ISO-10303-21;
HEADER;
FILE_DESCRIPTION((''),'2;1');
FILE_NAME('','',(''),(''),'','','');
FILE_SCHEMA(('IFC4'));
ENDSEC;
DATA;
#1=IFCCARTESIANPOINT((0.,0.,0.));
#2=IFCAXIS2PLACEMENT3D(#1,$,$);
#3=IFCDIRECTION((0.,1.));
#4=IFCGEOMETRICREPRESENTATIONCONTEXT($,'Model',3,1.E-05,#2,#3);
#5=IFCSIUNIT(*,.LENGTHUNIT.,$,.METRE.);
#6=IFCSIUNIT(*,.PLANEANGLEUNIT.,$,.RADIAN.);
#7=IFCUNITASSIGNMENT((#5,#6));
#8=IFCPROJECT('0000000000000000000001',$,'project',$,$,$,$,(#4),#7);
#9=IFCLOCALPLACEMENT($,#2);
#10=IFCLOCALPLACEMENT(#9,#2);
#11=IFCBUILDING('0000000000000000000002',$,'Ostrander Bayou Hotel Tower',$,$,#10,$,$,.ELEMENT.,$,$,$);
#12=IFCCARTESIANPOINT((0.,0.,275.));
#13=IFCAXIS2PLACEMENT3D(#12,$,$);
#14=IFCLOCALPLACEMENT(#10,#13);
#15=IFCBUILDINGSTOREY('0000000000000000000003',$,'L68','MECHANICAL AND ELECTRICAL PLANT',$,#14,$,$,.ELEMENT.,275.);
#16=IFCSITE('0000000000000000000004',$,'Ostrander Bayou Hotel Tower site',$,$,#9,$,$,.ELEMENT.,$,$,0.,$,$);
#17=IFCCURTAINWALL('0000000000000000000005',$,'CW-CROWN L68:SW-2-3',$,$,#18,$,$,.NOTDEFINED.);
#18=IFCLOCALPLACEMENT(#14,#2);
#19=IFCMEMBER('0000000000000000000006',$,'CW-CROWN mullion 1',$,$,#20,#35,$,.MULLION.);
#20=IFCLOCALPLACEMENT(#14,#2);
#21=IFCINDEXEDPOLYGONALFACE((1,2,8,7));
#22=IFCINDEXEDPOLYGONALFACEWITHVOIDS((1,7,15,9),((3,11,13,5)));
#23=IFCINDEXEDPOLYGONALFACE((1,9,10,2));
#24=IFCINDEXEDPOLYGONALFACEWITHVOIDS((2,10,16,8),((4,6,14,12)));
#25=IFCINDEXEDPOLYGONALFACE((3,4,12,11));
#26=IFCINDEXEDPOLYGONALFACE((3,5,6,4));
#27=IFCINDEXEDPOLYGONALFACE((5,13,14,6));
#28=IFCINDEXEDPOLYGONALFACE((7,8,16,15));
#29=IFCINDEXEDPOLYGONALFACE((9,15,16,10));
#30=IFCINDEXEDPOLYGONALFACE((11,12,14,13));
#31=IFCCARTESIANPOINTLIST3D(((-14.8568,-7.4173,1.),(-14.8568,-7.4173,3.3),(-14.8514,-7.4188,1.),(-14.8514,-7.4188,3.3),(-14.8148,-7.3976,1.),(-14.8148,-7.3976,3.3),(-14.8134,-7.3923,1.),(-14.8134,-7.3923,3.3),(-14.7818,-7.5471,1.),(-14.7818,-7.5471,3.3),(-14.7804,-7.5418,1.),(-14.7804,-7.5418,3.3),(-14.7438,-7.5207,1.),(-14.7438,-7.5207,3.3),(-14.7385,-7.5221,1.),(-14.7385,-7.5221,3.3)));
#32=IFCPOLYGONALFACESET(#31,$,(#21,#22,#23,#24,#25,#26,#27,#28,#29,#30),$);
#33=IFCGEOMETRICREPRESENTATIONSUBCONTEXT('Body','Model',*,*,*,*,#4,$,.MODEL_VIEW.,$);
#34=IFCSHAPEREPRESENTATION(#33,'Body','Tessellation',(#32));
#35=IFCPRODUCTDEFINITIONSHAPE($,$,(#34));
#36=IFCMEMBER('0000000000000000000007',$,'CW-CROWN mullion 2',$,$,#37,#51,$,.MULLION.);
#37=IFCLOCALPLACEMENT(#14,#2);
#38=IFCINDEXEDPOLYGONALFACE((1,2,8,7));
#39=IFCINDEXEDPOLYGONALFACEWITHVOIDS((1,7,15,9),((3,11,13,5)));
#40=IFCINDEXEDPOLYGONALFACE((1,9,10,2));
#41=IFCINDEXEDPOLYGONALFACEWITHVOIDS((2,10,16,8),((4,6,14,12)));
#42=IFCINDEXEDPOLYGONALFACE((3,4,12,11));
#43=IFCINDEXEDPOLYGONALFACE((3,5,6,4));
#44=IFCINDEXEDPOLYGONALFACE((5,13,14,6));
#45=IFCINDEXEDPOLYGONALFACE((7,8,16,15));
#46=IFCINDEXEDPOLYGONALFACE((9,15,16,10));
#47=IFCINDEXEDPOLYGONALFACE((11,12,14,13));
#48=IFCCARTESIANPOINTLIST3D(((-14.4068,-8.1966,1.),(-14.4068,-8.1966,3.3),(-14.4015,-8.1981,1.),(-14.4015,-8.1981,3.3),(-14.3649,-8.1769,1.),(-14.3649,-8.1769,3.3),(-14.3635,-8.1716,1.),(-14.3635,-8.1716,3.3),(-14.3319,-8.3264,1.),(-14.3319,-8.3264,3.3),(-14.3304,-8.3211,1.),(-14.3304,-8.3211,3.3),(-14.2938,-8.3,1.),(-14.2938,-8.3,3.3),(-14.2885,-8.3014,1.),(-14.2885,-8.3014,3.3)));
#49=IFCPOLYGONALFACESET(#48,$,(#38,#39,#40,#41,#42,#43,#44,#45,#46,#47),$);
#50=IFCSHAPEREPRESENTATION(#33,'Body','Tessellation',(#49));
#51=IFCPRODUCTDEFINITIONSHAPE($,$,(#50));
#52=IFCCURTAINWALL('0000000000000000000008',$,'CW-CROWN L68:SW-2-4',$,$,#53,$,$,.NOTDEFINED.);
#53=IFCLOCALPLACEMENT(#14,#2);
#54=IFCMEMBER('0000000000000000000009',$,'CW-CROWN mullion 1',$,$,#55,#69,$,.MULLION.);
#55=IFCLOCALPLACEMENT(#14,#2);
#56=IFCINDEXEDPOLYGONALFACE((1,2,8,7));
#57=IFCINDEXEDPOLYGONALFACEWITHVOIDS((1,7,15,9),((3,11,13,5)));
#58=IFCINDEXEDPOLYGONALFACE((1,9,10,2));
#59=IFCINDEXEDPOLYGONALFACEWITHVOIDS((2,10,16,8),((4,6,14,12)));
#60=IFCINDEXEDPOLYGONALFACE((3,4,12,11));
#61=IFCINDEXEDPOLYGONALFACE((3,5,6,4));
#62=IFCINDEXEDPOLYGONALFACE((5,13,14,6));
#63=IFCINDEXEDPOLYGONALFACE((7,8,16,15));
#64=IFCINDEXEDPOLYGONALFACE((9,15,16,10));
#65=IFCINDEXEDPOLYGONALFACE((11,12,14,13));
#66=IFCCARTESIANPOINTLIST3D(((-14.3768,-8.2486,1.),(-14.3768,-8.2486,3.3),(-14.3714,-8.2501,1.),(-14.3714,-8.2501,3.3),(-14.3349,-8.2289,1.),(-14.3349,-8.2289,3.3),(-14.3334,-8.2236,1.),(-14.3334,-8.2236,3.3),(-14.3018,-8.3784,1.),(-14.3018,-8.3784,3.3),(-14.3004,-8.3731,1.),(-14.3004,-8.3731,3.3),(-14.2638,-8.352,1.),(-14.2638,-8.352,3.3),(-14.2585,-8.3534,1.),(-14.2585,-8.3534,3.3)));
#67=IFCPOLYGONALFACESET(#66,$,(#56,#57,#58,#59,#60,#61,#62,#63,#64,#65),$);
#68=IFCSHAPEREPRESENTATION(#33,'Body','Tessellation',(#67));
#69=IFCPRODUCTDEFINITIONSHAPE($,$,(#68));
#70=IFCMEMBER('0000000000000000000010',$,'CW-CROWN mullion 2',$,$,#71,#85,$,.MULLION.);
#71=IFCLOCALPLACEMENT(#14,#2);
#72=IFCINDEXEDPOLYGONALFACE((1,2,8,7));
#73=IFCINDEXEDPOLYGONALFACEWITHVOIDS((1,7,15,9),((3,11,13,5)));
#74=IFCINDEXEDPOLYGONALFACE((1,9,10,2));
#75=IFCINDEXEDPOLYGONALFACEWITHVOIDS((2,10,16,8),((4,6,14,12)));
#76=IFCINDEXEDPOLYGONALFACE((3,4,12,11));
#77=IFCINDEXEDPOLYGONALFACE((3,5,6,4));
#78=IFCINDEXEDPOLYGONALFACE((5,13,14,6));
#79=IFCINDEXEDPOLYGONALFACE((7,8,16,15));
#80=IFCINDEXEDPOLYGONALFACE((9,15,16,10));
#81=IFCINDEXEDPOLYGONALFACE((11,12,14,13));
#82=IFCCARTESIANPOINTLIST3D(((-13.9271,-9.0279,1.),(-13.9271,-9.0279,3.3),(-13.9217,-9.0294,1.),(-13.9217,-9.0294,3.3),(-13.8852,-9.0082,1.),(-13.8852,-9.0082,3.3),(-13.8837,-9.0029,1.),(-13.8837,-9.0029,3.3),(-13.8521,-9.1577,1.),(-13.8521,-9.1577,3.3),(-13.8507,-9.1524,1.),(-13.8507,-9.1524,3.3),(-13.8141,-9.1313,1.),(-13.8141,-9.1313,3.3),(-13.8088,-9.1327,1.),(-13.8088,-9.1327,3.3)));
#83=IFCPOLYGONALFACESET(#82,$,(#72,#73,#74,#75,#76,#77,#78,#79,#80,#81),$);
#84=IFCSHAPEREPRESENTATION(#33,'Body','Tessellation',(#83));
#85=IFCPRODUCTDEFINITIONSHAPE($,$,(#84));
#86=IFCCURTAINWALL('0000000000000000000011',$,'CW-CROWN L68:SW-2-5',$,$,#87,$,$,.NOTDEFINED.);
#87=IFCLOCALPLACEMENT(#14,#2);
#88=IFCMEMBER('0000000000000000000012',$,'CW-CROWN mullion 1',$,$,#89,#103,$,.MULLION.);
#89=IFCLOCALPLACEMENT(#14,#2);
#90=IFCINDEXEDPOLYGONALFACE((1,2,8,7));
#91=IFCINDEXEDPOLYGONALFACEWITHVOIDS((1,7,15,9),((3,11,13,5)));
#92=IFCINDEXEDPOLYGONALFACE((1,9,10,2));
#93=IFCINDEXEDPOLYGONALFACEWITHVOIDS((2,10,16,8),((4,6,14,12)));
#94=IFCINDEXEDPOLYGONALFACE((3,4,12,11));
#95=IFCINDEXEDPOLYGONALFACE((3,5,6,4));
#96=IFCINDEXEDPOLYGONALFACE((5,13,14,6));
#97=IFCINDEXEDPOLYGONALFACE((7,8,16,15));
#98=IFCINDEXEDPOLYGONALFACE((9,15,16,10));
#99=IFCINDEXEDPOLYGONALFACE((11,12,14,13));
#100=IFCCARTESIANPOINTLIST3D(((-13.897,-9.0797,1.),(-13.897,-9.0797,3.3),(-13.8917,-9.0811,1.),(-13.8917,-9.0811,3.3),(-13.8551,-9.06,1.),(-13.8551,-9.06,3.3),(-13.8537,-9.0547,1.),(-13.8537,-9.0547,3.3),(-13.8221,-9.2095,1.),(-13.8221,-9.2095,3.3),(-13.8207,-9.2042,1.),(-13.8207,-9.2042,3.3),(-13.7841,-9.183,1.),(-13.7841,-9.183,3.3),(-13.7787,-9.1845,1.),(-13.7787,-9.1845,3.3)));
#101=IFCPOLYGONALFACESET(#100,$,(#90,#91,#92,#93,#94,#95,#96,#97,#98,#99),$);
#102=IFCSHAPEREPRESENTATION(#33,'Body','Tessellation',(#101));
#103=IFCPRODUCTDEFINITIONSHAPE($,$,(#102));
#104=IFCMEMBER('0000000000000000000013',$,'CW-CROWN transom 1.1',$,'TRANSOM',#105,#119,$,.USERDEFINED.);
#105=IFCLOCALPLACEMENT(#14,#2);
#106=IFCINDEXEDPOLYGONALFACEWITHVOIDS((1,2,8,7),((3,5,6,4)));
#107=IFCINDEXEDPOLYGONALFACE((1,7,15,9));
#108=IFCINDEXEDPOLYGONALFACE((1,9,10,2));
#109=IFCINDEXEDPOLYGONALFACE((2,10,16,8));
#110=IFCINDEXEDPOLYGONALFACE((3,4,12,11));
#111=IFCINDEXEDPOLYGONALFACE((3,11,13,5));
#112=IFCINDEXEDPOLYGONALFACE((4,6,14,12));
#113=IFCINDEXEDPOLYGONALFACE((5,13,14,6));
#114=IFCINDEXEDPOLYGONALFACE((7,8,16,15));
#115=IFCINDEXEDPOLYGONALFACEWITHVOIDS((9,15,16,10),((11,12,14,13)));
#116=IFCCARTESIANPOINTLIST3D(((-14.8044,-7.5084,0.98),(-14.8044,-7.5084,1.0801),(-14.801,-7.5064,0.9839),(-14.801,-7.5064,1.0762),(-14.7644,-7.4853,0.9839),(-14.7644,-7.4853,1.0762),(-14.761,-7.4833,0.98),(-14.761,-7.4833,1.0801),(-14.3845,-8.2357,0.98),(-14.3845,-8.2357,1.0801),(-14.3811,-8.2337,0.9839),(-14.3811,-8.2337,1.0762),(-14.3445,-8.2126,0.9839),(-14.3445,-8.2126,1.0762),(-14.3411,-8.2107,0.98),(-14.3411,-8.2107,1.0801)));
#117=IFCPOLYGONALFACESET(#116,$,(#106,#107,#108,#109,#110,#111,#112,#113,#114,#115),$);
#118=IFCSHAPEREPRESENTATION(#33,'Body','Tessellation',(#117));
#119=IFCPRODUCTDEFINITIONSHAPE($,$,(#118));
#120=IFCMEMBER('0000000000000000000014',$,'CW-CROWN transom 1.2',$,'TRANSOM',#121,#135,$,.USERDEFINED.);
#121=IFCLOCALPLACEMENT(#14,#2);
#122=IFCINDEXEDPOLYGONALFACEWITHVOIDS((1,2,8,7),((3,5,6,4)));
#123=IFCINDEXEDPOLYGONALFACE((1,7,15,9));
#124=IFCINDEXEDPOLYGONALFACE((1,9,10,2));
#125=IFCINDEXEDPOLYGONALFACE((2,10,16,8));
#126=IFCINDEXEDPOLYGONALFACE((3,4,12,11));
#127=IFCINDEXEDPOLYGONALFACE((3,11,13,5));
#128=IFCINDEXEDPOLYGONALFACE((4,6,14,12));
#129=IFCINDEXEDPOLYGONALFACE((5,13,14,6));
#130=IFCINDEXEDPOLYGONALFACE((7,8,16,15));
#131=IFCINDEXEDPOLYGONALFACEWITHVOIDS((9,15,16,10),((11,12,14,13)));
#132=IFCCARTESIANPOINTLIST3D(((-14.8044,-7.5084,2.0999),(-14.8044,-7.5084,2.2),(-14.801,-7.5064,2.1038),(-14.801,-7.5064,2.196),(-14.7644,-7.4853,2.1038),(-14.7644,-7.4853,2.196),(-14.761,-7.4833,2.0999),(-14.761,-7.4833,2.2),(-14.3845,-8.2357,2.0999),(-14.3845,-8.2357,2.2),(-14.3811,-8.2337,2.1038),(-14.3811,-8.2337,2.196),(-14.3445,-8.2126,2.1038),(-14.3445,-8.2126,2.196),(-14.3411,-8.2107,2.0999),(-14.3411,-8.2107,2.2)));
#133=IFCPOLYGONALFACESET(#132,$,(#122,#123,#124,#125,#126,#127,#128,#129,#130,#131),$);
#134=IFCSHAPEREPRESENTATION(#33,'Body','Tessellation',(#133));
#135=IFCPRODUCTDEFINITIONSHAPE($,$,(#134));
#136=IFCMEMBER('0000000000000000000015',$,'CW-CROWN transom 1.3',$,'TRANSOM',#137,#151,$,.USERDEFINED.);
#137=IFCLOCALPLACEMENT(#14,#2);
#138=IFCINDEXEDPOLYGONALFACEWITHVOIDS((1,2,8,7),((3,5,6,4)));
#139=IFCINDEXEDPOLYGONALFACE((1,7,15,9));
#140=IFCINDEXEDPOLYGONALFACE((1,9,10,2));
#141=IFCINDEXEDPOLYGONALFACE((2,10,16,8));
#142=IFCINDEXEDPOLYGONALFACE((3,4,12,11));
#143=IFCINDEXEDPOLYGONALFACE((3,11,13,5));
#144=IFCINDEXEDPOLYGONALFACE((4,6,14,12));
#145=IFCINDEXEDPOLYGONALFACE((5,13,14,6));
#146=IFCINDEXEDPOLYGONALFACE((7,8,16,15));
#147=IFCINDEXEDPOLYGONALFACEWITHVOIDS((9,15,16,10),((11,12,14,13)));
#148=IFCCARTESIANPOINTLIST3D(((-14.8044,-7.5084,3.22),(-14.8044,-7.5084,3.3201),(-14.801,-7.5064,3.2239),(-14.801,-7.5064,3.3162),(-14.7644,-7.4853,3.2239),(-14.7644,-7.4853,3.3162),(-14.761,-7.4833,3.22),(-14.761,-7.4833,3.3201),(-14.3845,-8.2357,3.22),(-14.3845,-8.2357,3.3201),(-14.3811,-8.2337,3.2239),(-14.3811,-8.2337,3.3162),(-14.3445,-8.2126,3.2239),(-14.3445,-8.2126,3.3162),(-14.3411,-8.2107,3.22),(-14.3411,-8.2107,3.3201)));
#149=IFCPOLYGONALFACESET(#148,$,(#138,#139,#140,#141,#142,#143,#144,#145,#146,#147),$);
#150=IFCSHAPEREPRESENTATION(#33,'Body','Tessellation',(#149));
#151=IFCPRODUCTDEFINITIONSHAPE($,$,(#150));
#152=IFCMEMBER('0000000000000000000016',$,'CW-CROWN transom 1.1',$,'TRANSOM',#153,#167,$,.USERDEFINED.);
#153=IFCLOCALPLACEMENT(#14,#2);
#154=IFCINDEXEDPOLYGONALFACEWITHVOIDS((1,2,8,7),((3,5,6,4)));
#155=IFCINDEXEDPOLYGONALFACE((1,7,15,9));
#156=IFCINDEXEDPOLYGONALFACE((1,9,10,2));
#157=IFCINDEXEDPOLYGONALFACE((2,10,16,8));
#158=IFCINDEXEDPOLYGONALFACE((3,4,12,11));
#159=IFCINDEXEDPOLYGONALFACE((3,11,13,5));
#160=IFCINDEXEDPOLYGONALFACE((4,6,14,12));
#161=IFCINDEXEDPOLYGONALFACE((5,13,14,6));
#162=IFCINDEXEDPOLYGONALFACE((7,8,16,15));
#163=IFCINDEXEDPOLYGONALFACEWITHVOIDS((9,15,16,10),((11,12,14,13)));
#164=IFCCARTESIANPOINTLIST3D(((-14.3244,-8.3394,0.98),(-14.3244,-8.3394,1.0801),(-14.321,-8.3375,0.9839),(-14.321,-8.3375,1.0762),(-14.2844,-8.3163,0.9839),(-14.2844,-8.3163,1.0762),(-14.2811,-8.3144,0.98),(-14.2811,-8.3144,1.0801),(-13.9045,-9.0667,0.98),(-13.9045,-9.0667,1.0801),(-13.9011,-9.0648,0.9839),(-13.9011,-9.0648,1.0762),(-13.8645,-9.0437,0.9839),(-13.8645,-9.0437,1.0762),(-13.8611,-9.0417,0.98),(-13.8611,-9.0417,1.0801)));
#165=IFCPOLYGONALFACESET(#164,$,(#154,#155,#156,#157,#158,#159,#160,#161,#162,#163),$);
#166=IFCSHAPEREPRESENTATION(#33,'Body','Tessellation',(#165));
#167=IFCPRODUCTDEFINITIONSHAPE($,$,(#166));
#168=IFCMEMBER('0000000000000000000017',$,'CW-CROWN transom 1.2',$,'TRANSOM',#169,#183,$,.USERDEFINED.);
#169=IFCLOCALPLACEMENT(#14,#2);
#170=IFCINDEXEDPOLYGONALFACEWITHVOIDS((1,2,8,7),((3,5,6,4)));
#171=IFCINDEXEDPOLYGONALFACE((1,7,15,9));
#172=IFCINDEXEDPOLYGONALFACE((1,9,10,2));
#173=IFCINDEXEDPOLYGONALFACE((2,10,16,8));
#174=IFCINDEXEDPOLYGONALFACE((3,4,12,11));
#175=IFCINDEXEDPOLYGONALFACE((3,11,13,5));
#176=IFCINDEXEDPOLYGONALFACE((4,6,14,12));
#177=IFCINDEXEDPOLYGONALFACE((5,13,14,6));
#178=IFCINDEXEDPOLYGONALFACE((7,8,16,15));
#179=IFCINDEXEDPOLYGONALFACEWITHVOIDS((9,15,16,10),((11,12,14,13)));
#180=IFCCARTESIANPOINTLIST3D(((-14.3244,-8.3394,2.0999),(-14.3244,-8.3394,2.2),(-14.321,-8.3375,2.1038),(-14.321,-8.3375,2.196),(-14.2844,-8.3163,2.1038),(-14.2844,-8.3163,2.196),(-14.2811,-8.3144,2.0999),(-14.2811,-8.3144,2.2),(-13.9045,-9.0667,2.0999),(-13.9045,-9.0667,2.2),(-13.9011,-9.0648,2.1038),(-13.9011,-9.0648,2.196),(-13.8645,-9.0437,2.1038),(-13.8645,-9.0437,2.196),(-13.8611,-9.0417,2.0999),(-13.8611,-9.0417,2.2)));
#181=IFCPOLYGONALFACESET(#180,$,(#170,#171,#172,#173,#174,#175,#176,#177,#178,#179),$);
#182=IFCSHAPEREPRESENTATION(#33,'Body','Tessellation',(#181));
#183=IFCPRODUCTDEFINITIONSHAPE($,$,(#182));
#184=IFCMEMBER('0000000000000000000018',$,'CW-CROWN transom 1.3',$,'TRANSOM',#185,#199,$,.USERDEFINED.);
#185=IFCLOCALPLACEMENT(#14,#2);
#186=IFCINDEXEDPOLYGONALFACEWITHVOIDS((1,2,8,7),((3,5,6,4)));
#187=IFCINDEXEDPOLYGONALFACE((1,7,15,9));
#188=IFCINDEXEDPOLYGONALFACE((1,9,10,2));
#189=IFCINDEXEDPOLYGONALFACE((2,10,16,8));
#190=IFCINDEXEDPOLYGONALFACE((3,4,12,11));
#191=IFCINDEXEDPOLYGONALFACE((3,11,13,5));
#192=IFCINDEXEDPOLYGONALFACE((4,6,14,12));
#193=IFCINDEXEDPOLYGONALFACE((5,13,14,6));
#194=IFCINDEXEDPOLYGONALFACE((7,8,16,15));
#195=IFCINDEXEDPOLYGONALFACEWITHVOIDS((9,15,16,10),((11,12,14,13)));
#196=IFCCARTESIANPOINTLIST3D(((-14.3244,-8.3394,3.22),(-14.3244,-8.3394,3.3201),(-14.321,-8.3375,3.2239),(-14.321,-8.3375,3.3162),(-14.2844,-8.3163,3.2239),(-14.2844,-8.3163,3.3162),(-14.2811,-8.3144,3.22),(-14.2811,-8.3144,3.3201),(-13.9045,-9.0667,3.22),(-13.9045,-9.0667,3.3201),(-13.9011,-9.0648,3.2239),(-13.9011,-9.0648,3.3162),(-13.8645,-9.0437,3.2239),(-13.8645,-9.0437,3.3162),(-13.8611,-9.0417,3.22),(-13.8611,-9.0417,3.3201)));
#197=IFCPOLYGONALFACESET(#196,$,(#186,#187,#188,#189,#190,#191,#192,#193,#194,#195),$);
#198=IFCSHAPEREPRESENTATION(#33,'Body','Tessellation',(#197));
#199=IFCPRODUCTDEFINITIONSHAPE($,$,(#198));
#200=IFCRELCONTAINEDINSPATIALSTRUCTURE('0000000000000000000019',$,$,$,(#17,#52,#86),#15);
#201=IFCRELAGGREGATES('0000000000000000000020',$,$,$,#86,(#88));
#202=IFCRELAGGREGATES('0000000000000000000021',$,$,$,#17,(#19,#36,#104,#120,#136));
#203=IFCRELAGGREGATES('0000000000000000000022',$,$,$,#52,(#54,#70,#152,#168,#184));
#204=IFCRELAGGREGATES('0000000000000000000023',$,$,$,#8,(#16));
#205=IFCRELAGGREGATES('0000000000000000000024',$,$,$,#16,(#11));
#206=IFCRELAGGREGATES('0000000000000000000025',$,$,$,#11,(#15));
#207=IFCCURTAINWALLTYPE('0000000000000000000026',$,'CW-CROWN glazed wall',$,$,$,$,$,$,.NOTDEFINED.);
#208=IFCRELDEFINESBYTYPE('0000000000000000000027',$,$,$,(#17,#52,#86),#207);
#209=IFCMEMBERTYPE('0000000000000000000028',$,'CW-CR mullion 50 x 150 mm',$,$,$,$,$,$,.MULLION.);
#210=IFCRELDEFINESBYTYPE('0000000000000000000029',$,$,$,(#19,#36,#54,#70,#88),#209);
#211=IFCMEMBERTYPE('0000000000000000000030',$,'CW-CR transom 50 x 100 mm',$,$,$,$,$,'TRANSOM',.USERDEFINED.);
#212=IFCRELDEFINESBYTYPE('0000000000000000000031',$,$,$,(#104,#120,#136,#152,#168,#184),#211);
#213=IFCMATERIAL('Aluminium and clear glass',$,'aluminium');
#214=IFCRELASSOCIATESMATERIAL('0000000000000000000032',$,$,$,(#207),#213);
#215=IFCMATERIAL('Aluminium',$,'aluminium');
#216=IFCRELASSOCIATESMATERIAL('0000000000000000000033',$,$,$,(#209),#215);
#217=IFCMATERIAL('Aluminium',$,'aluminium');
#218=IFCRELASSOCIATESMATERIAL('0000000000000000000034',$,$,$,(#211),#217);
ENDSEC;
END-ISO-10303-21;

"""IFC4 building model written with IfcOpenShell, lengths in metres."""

from ifc_helpers import new_model, si_unit, direction, frame, origin, origin_2d, place, context, subcontext, project, spatial, hollow_rectangle, extrude, material, material_profile, profile_set, type_object, element, aggregate, save


model = new_model("IFC4")

# Units and contexts
model_context = context("Model", 3, precision=1e-05, world=origin(), true_north=direction((0.0, 1.0)))
body_context = subcontext(model_context, "Body", "Model", "MODEL_VIEW")
ifc_project = project(units=[si_unit("LENGTHUNIT", "METRE"), si_unit("PLANEANGLEUNIT", "RADIAN")], contexts=[model_context])

# Site, building, storey
site_placement = place(None, origin())
site = spatial("IfcSite", under=ifc_project, at=site_placement, Name="Ostrander Bayou Hotel Tower site", CompositionType="ELEMENT", RefElevation=0.0)
building_placement = place(site_placement, origin())
building = spatial("IfcBuilding", under=site, at=building_placement, Name="Ostrander Bayou Hotel Tower", CompositionType="ELEMENT")
storey_placement = place(building_placement, frame((0.0, 0.0, 275.0)))
storey = spatial("IfcBuildingStorey", under=building, at=storey_placement, Name="L68", Description="MECHANICAL AND ELECTRICAL PLANT", CompositionType="ELEMENT", Elevation=275.0)

# Curtain walls, members
ifc_material_1 = material(Name="Aluminium and clear glass", Category="aluminium")
curtain_wall_type = type_object("IfcCurtainWallType", Name="CW-CROWN glazed wall", PredefinedType="NOTDEFINED", material=ifc_material_1)
curtain_wall_1_placement = place(storey_placement, origin())
curtain_wall_1 = element("IfcCurtainWall", 1, at=curtain_wall_1_placement, inside=storey, type_object=curtain_wall_type, Name="CW-CROWN L68:SW-2-3", PredefinedType="NOTDEFINED")
ifc_material_2 = material(Name="Aluminium", Category="aluminium")
ifc_material_profile_1 = material_profile(ifc_material_2, hollow_rectangle(XDim=0.05, YDim=0.1499, WallThickness=0.0039, at=origin_2d()))
ifc_profile_set_1 = profile_set([ifc_material_profile_1], Name="Aluminium")
member_type_1 = type_object("IfcMemberType", Name="CW-CR mullion 50 x 150 mm", PredefinedType="MULLION", material=ifc_profile_set_1)
member_1_placement = place(storey_placement, frame((-14.7976, -7.4697, 1.0), z_axis=(0.0, 0.0, 1.0), x_axis=(0.866022, 0.500005, 0.0)))
member_1 = element("IfcMember", 2, at=member_1_placement, type_object=member_type_1, Name="CW-CROWN mullion 1", PredefinedType="MULLION", context=body_context, shape_type="SweptSolid", body=[
    extrude(hollow_rectangle(XDim=0.05, YDim=0.1499, WallThickness=0.0039, at=origin_2d()), origin(), (0.0, 0.0, 1.0), 2.3),
])
member_2_placement = place(storey_placement, frame((-14.3477, -8.249, 1.0), z_axis=(0.0, 0.0, 1.0), x_axis=(0.866022, 0.500005, 0.0)))
member_2 = element("IfcMember", 3, at=member_2_placement, type_object=member_type_1, Name="CW-CROWN mullion 2", PredefinedType="MULLION", context=body_context, shape_type="SweptSolid", body=[
    extrude(hollow_rectangle(XDim=0.05, YDim=0.1499, WallThickness=0.0039, at=origin_2d()), origin(), (0.0, 0.0, 1.0), 2.3),
])
curtain_wall_2_placement = place(storey_placement, origin())
curtain_wall_2 = element("IfcCurtainWall", 4, at=curtain_wall_2_placement, inside=storey, type_object=curtain_wall_type, Name="CW-CROWN L68:SW-2-4", PredefinedType="NOTDEFINED")
member_3_placement = place(storey_placement, frame((-14.3176, -8.301, 1.0), z_axis=(0.0, 0.0, 1.0), x_axis=(0.866022, 0.500005, 0.0)))
member_3 = element("IfcMember", 5, at=member_3_placement, type_object=member_type_1, Name="CW-CROWN mullion 1", PredefinedType="MULLION", context=body_context, shape_type="SweptSolid", body=[
    extrude(hollow_rectangle(XDim=0.05, YDim=0.1499, WallThickness=0.0039, at=origin_2d()), origin(), (0.0, 0.0, 1.0), 2.3),
])
member_4_placement = place(storey_placement, frame((-13.8679, -9.0803, 1.0), z_axis=(0.0, 0.0, 1.0), x_axis=(0.866022, 0.500005, 0.0)))
member_4 = element("IfcMember", 6, at=member_4_placement, type_object=member_type_1, Name="CW-CROWN mullion 2", PredefinedType="MULLION", context=body_context, shape_type="SweptSolid", body=[
    extrude(hollow_rectangle(XDim=0.05, YDim=0.1499, WallThickness=0.0039, at=origin_2d()), origin(), (0.0, 0.0, 1.0), 2.3),
])

# Curtain wall, member
curtain_wall_3_placement = place(storey_placement, origin())
curtain_wall_3 = element("IfcCurtainWall", 7, at=curtain_wall_3_placement, inside=storey, type_object=curtain_wall_type, Name="CW-CROWN L68:SW-2-5", PredefinedType="NOTDEFINED")
member_5_placement = place(storey_placement, frame((-13.8379, -9.1321, 1.0), z_axis=(0.0, 0.0, 1.0), x_axis=(0.866022, 0.500005, 0.0)))
member_5 = element("IfcMember", 8, at=member_5_placement, type_object=member_type_1, Name="CW-CROWN mullion 1", PredefinedType="MULLION", context=body_context, shape_type="SweptSolid", body=[
    extrude(hollow_rectangle(XDim=0.05, YDim=0.1499, WallThickness=0.0039, at=origin_2d()), origin(), (0.0, 0.0, 1.0), 2.3),
])
aggregate(curtain_wall_3, [member_5])

# Members
ifc_material_3 = material(Name="Aluminium", Category="aluminium")
ifc_material_profile_2 = material_profile(ifc_material_3, hollow_rectangle(XDim=0.05, YDim=0.1001, WallThickness=0.0039, at=origin_2d()))
ifc_profile_set_2 = profile_set([ifc_material_profile_2], Name="Aluminium")
member_type_2 = type_object("IfcMemberType", Name="CW-CR transom 50 x 100 mm", ElementType="TRANSOM", PredefinedType="USERDEFINED", material=ifc_profile_set_2)
member_6_placement = place(storey_placement, frame((-14.7827, -7.4958, 1.03), z_axis=(0.500016, -0.866016, 0.0), x_axis=(0.866016, 0.500016, 0.0)))
member_6 = element("IfcMember", 9, at=member_6_placement, type_object=member_type_2, Name="CW-CROWN transom 1.1", ObjectType="TRANSOM", PredefinedType="USERDEFINED", context=body_context, shape_type="SweptSolid", body=[
    extrude(hollow_rectangle(XDim=0.05, YDim=0.1001, WallThickness=0.0039, at=origin_2d()), origin(), (0.0, 0.0, 1.0), 0.8398),
])
member_7_placement = place(storey_placement, frame((-14.7827, -7.4958, 2.1499), z_axis=(0.500016, -0.866016, 0.0), x_axis=(0.866016, 0.500016, 0.0)))
member_7 = element("IfcMember", 10, at=member_7_placement, type_object=member_type_2, Name="CW-CROWN transom 1.2", ObjectType="TRANSOM", PredefinedType="USERDEFINED", context=body_context, shape_type="SweptSolid", body=[
    extrude(hollow_rectangle(XDim=0.05, YDim=0.1001, WallThickness=0.0039, at=origin_2d()), origin(), (0.0, 0.0, 1.0), 0.8398),
])
member_8_placement = place(storey_placement, frame((-14.7827, -7.4958, 3.27), z_axis=(0.500016, -0.866016, 0.0), x_axis=(0.866016, 0.500016, 0.0)))
member_8 = element("IfcMember", 11, at=member_8_placement, type_object=member_type_2, Name="CW-CROWN transom 1.3", ObjectType="TRANSOM", PredefinedType="USERDEFINED", context=body_context, shape_type="SweptSolid", body=[
    extrude(hollow_rectangle(XDim=0.05, YDim=0.1001, WallThickness=0.0039, at=origin_2d()), origin(), (0.0, 0.0, 1.0), 0.8398),
])
member_9_placement = place(storey_placement, frame((-14.3027, -8.3269, 1.03), z_axis=(0.500016, -0.866016, 0.0), x_axis=(0.866016, 0.500016, 0.0)))
member_9 = element("IfcMember", 12, at=member_9_placement, type_object=member_type_2, Name="CW-CROWN transom 1.1", ObjectType="TRANSOM", PredefinedType="USERDEFINED", context=body_context, shape_type="SweptSolid", body=[
    extrude(hollow_rectangle(XDim=0.05, YDim=0.1001, WallThickness=0.0039, at=origin_2d()), origin(), (0.0, 0.0, 1.0), 0.8398),
])
member_10_placement = place(storey_placement, frame((-14.3027, -8.3269, 2.1499), z_axis=(0.500016, -0.866016, 0.0), x_axis=(0.866016, 0.500016, 0.0)))
member_10 = element("IfcMember", 13, at=member_10_placement, type_object=member_type_2, Name="CW-CROWN transom 1.2", ObjectType="TRANSOM", PredefinedType="USERDEFINED", context=body_context, shape_type="SweptSolid", body=[
    extrude(hollow_rectangle(XDim=0.05, YDim=0.1001, WallThickness=0.0039, at=origin_2d()), origin(), (0.0, 0.0, 1.0), 0.8398),
])
member_11_placement = place(storey_placement, frame((-14.3027, -8.3269, 3.27), z_axis=(0.500016, -0.866016, 0.0), x_axis=(0.866016, 0.500016, 0.0)))
member_11 = element("IfcMember", 14, at=member_11_placement, type_object=member_type_2, Name="CW-CROWN transom 1.3", ObjectType="TRANSOM", PredefinedType="USERDEFINED", context=body_context, shape_type="SweptSolid", body=[
    extrude(hollow_rectangle(XDim=0.05, YDim=0.1001, WallThickness=0.0039, at=origin_2d()), origin(), (0.0, 0.0, 1.0), 0.8398),
])

aggregate(curtain_wall_1, [member_1, member_2, member_6, member_7, member_8])
aggregate(curtain_wall_2, [member_3, member_4, member_9, member_10, member_11])

save(model, "model.ifc")
